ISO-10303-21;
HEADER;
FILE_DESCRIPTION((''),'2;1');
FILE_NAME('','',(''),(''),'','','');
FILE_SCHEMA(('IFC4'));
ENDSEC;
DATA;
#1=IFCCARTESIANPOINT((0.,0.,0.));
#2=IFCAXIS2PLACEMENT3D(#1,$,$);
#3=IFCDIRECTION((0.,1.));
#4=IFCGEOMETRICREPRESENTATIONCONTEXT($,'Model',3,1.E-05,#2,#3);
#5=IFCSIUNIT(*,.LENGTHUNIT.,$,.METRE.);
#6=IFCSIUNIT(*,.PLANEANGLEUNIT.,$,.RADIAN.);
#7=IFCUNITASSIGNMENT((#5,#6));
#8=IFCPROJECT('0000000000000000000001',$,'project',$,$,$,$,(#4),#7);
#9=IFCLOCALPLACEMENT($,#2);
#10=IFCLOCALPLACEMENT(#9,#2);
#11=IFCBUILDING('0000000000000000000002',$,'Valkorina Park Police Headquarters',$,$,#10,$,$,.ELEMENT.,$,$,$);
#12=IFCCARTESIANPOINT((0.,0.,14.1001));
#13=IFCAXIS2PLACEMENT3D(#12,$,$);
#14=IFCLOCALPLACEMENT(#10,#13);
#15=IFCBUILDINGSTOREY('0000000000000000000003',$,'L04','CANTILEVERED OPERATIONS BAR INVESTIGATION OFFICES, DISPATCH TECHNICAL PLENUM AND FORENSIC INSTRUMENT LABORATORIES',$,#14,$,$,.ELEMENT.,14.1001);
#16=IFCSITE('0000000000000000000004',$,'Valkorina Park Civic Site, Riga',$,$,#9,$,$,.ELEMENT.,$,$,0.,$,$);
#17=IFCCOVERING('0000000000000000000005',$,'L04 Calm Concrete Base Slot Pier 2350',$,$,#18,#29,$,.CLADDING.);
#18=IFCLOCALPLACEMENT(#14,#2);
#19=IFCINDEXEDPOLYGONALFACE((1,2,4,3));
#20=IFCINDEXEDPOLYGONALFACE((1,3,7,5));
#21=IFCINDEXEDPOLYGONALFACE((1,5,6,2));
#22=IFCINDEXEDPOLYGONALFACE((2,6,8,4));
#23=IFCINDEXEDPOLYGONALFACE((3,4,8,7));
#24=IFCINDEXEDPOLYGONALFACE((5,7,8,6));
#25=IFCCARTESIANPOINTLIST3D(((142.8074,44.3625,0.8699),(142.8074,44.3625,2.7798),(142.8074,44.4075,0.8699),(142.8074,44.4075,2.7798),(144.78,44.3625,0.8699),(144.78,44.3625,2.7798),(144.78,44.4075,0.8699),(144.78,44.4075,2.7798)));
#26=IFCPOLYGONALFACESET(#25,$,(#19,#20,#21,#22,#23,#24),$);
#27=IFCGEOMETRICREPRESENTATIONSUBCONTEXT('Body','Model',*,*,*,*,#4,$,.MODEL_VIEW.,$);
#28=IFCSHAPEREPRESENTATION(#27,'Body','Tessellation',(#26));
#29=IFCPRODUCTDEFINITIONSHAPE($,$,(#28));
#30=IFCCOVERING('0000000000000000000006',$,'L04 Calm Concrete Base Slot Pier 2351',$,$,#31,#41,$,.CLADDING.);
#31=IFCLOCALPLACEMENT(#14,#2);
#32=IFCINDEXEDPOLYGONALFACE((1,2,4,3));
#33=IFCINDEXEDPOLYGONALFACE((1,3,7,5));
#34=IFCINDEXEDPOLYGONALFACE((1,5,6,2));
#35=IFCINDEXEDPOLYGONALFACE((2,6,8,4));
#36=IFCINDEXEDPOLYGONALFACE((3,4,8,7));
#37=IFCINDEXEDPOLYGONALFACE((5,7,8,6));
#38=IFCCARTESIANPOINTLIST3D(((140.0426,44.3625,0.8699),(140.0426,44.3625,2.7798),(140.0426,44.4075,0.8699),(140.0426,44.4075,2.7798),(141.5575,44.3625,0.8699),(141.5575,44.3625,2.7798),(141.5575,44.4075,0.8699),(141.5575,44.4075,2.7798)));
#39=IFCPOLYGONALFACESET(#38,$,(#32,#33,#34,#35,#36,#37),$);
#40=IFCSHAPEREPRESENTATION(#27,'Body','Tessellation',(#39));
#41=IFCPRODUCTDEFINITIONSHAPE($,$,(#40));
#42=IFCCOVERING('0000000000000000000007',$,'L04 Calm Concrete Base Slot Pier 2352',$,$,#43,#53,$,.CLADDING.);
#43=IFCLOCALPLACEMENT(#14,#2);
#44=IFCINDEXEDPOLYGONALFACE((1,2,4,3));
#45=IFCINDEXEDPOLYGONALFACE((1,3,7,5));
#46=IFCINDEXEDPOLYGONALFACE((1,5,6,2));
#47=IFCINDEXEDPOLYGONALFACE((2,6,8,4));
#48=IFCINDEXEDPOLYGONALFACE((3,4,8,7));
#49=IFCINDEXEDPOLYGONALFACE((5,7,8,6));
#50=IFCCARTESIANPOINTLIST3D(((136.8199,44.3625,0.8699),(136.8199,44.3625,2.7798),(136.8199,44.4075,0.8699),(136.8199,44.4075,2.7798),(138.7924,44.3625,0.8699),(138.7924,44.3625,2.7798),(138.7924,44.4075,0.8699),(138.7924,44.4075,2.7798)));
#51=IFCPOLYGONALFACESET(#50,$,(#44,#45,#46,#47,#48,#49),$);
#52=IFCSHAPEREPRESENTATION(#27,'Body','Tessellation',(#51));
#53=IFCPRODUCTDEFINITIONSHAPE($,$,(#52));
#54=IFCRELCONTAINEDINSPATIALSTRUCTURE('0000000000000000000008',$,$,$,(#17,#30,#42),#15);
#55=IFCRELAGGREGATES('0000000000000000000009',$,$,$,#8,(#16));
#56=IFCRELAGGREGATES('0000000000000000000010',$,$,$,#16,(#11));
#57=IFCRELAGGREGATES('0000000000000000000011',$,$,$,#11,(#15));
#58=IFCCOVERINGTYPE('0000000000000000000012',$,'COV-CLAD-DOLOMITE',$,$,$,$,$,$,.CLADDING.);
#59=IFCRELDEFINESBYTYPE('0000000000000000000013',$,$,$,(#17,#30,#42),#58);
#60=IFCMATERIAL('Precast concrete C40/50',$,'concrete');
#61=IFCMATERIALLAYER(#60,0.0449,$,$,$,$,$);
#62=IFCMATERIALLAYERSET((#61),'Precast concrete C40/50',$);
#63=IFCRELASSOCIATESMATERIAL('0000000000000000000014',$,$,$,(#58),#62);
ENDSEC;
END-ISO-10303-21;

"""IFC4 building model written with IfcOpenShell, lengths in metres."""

from ifc_helpers import new_model, si_unit, direction, frame, frame_2d, origin, place, context, subcontext, project, spatial, rectangle, extrude, material, layer, layer_set, type_object, element, save


model = new_model("IFC4")

# Units and contexts
model_context = context("Model", 3, precision=1e-05, world=origin(), true_north=direction((0.0, 1.0)))
body_context = subcontext(model_context, "Body", "Model", "MODEL_VIEW")
ifc_project = project(units=[si_unit("LENGTHUNIT", "METRE"), si_unit("PLANEANGLEUNIT", "RADIAN")], contexts=[model_context])

# Site, building, storey
site_placement = place(None, origin())
site = spatial("IfcSite", under=ifc_project, at=site_placement, Name="Valkorina Park Civic Site, Riga", CompositionType="ELEMENT", RefElevation=0.0)
building_placement = place(site_placement, origin())
building = spatial("IfcBuilding", under=site, at=building_placement, Name="Valkorina Park Police Headquarters", CompositionType="ELEMENT")
storey_placement = place(building_placement, frame((0.0, 0.0, 14.1001)))
storey = spatial("IfcBuildingStorey", under=building, at=storey_placement, Name="L04", Description="CANTILEVERED OPERATIONS BAR INVESTIGATION OFFICES, DISPATCH TECHNICAL PLENUM AND FORENSIC INSTRUMENT LABORATORIES", CompositionType="ELEMENT", Elevation=14.1001)

# Shared definitions
ifc_material_1 = material(Name="Precast concrete C40/50", Category="concrete")

# Coverings
ifc_layer_1 = layer(ifc_material_1, 0.0449)
ifc_layer_set_1 = layer_set([ifc_layer_1], Name="Precast concrete C40/50")
covering_type = type_object("IfcCoveringType", Name="COV-CLAD-DOLOMITE", PredefinedType="CLADDING", material=ifc_layer_set_1)
covering_1_placement = place(storey_placement, frame((144.78, 44.385, 0.8699), z_axis=(0.0, 0.0, 1.0), x_axis=(-1.0, 0.0, 0.0)))
element("IfcCovering", 1, at=covering_1_placement, inside=storey, type_object=covering_type, Name="L04 Calm Concrete Base Slot Pier 2350", PredefinedType="CLADDING", context=body_context, shape_type="SweptSolid", body=[
    extrude(rectangle(XDim=1.9727, YDim=0.0449, at=frame_2d((0.9863, 0.0))), origin(), (0.0, 0.0, 1.0), 1.9099),
])
covering_2_placement = place(storey_placement, frame((141.5574, 44.385, 0.8699), z_axis=(0.0, 0.0, 1.0), x_axis=(-1.0, 0.0, 0.0)))
element("IfcCovering", 2, at=covering_2_placement, inside=storey, type_object=covering_type, Name="L04 Calm Concrete Base Slot Pier 2351", PredefinedType="CLADDING", context=body_context, shape_type="SweptSolid", body=[
    extrude(rectangle(XDim=1.5149, YDim=0.0449, at=frame_2d((0.7573, 0.0))), origin(), (0.0, 0.0, 1.0), 1.9099),
])
covering_3_placement = place(storey_placement, frame((138.7925, 44.385, 0.8699), z_axis=(0.0, 0.0, 1.0), x_axis=(-1.0, 0.0, 0.0)))
element("IfcCovering", 3, at=covering_3_placement, inside=storey, type_object=covering_type, Name="L04 Calm Concrete Base Slot Pier 2352", PredefinedType="CLADDING", context=body_context, shape_type="SweptSolid", body=[
    extrude(rectangle(XDim=1.9724, YDim=0.0449, at=frame_2d((0.9863, 0.0))), origin(), (0.0, 0.0, 1.0), 1.9099),
])

save(model, "model.ifc")
